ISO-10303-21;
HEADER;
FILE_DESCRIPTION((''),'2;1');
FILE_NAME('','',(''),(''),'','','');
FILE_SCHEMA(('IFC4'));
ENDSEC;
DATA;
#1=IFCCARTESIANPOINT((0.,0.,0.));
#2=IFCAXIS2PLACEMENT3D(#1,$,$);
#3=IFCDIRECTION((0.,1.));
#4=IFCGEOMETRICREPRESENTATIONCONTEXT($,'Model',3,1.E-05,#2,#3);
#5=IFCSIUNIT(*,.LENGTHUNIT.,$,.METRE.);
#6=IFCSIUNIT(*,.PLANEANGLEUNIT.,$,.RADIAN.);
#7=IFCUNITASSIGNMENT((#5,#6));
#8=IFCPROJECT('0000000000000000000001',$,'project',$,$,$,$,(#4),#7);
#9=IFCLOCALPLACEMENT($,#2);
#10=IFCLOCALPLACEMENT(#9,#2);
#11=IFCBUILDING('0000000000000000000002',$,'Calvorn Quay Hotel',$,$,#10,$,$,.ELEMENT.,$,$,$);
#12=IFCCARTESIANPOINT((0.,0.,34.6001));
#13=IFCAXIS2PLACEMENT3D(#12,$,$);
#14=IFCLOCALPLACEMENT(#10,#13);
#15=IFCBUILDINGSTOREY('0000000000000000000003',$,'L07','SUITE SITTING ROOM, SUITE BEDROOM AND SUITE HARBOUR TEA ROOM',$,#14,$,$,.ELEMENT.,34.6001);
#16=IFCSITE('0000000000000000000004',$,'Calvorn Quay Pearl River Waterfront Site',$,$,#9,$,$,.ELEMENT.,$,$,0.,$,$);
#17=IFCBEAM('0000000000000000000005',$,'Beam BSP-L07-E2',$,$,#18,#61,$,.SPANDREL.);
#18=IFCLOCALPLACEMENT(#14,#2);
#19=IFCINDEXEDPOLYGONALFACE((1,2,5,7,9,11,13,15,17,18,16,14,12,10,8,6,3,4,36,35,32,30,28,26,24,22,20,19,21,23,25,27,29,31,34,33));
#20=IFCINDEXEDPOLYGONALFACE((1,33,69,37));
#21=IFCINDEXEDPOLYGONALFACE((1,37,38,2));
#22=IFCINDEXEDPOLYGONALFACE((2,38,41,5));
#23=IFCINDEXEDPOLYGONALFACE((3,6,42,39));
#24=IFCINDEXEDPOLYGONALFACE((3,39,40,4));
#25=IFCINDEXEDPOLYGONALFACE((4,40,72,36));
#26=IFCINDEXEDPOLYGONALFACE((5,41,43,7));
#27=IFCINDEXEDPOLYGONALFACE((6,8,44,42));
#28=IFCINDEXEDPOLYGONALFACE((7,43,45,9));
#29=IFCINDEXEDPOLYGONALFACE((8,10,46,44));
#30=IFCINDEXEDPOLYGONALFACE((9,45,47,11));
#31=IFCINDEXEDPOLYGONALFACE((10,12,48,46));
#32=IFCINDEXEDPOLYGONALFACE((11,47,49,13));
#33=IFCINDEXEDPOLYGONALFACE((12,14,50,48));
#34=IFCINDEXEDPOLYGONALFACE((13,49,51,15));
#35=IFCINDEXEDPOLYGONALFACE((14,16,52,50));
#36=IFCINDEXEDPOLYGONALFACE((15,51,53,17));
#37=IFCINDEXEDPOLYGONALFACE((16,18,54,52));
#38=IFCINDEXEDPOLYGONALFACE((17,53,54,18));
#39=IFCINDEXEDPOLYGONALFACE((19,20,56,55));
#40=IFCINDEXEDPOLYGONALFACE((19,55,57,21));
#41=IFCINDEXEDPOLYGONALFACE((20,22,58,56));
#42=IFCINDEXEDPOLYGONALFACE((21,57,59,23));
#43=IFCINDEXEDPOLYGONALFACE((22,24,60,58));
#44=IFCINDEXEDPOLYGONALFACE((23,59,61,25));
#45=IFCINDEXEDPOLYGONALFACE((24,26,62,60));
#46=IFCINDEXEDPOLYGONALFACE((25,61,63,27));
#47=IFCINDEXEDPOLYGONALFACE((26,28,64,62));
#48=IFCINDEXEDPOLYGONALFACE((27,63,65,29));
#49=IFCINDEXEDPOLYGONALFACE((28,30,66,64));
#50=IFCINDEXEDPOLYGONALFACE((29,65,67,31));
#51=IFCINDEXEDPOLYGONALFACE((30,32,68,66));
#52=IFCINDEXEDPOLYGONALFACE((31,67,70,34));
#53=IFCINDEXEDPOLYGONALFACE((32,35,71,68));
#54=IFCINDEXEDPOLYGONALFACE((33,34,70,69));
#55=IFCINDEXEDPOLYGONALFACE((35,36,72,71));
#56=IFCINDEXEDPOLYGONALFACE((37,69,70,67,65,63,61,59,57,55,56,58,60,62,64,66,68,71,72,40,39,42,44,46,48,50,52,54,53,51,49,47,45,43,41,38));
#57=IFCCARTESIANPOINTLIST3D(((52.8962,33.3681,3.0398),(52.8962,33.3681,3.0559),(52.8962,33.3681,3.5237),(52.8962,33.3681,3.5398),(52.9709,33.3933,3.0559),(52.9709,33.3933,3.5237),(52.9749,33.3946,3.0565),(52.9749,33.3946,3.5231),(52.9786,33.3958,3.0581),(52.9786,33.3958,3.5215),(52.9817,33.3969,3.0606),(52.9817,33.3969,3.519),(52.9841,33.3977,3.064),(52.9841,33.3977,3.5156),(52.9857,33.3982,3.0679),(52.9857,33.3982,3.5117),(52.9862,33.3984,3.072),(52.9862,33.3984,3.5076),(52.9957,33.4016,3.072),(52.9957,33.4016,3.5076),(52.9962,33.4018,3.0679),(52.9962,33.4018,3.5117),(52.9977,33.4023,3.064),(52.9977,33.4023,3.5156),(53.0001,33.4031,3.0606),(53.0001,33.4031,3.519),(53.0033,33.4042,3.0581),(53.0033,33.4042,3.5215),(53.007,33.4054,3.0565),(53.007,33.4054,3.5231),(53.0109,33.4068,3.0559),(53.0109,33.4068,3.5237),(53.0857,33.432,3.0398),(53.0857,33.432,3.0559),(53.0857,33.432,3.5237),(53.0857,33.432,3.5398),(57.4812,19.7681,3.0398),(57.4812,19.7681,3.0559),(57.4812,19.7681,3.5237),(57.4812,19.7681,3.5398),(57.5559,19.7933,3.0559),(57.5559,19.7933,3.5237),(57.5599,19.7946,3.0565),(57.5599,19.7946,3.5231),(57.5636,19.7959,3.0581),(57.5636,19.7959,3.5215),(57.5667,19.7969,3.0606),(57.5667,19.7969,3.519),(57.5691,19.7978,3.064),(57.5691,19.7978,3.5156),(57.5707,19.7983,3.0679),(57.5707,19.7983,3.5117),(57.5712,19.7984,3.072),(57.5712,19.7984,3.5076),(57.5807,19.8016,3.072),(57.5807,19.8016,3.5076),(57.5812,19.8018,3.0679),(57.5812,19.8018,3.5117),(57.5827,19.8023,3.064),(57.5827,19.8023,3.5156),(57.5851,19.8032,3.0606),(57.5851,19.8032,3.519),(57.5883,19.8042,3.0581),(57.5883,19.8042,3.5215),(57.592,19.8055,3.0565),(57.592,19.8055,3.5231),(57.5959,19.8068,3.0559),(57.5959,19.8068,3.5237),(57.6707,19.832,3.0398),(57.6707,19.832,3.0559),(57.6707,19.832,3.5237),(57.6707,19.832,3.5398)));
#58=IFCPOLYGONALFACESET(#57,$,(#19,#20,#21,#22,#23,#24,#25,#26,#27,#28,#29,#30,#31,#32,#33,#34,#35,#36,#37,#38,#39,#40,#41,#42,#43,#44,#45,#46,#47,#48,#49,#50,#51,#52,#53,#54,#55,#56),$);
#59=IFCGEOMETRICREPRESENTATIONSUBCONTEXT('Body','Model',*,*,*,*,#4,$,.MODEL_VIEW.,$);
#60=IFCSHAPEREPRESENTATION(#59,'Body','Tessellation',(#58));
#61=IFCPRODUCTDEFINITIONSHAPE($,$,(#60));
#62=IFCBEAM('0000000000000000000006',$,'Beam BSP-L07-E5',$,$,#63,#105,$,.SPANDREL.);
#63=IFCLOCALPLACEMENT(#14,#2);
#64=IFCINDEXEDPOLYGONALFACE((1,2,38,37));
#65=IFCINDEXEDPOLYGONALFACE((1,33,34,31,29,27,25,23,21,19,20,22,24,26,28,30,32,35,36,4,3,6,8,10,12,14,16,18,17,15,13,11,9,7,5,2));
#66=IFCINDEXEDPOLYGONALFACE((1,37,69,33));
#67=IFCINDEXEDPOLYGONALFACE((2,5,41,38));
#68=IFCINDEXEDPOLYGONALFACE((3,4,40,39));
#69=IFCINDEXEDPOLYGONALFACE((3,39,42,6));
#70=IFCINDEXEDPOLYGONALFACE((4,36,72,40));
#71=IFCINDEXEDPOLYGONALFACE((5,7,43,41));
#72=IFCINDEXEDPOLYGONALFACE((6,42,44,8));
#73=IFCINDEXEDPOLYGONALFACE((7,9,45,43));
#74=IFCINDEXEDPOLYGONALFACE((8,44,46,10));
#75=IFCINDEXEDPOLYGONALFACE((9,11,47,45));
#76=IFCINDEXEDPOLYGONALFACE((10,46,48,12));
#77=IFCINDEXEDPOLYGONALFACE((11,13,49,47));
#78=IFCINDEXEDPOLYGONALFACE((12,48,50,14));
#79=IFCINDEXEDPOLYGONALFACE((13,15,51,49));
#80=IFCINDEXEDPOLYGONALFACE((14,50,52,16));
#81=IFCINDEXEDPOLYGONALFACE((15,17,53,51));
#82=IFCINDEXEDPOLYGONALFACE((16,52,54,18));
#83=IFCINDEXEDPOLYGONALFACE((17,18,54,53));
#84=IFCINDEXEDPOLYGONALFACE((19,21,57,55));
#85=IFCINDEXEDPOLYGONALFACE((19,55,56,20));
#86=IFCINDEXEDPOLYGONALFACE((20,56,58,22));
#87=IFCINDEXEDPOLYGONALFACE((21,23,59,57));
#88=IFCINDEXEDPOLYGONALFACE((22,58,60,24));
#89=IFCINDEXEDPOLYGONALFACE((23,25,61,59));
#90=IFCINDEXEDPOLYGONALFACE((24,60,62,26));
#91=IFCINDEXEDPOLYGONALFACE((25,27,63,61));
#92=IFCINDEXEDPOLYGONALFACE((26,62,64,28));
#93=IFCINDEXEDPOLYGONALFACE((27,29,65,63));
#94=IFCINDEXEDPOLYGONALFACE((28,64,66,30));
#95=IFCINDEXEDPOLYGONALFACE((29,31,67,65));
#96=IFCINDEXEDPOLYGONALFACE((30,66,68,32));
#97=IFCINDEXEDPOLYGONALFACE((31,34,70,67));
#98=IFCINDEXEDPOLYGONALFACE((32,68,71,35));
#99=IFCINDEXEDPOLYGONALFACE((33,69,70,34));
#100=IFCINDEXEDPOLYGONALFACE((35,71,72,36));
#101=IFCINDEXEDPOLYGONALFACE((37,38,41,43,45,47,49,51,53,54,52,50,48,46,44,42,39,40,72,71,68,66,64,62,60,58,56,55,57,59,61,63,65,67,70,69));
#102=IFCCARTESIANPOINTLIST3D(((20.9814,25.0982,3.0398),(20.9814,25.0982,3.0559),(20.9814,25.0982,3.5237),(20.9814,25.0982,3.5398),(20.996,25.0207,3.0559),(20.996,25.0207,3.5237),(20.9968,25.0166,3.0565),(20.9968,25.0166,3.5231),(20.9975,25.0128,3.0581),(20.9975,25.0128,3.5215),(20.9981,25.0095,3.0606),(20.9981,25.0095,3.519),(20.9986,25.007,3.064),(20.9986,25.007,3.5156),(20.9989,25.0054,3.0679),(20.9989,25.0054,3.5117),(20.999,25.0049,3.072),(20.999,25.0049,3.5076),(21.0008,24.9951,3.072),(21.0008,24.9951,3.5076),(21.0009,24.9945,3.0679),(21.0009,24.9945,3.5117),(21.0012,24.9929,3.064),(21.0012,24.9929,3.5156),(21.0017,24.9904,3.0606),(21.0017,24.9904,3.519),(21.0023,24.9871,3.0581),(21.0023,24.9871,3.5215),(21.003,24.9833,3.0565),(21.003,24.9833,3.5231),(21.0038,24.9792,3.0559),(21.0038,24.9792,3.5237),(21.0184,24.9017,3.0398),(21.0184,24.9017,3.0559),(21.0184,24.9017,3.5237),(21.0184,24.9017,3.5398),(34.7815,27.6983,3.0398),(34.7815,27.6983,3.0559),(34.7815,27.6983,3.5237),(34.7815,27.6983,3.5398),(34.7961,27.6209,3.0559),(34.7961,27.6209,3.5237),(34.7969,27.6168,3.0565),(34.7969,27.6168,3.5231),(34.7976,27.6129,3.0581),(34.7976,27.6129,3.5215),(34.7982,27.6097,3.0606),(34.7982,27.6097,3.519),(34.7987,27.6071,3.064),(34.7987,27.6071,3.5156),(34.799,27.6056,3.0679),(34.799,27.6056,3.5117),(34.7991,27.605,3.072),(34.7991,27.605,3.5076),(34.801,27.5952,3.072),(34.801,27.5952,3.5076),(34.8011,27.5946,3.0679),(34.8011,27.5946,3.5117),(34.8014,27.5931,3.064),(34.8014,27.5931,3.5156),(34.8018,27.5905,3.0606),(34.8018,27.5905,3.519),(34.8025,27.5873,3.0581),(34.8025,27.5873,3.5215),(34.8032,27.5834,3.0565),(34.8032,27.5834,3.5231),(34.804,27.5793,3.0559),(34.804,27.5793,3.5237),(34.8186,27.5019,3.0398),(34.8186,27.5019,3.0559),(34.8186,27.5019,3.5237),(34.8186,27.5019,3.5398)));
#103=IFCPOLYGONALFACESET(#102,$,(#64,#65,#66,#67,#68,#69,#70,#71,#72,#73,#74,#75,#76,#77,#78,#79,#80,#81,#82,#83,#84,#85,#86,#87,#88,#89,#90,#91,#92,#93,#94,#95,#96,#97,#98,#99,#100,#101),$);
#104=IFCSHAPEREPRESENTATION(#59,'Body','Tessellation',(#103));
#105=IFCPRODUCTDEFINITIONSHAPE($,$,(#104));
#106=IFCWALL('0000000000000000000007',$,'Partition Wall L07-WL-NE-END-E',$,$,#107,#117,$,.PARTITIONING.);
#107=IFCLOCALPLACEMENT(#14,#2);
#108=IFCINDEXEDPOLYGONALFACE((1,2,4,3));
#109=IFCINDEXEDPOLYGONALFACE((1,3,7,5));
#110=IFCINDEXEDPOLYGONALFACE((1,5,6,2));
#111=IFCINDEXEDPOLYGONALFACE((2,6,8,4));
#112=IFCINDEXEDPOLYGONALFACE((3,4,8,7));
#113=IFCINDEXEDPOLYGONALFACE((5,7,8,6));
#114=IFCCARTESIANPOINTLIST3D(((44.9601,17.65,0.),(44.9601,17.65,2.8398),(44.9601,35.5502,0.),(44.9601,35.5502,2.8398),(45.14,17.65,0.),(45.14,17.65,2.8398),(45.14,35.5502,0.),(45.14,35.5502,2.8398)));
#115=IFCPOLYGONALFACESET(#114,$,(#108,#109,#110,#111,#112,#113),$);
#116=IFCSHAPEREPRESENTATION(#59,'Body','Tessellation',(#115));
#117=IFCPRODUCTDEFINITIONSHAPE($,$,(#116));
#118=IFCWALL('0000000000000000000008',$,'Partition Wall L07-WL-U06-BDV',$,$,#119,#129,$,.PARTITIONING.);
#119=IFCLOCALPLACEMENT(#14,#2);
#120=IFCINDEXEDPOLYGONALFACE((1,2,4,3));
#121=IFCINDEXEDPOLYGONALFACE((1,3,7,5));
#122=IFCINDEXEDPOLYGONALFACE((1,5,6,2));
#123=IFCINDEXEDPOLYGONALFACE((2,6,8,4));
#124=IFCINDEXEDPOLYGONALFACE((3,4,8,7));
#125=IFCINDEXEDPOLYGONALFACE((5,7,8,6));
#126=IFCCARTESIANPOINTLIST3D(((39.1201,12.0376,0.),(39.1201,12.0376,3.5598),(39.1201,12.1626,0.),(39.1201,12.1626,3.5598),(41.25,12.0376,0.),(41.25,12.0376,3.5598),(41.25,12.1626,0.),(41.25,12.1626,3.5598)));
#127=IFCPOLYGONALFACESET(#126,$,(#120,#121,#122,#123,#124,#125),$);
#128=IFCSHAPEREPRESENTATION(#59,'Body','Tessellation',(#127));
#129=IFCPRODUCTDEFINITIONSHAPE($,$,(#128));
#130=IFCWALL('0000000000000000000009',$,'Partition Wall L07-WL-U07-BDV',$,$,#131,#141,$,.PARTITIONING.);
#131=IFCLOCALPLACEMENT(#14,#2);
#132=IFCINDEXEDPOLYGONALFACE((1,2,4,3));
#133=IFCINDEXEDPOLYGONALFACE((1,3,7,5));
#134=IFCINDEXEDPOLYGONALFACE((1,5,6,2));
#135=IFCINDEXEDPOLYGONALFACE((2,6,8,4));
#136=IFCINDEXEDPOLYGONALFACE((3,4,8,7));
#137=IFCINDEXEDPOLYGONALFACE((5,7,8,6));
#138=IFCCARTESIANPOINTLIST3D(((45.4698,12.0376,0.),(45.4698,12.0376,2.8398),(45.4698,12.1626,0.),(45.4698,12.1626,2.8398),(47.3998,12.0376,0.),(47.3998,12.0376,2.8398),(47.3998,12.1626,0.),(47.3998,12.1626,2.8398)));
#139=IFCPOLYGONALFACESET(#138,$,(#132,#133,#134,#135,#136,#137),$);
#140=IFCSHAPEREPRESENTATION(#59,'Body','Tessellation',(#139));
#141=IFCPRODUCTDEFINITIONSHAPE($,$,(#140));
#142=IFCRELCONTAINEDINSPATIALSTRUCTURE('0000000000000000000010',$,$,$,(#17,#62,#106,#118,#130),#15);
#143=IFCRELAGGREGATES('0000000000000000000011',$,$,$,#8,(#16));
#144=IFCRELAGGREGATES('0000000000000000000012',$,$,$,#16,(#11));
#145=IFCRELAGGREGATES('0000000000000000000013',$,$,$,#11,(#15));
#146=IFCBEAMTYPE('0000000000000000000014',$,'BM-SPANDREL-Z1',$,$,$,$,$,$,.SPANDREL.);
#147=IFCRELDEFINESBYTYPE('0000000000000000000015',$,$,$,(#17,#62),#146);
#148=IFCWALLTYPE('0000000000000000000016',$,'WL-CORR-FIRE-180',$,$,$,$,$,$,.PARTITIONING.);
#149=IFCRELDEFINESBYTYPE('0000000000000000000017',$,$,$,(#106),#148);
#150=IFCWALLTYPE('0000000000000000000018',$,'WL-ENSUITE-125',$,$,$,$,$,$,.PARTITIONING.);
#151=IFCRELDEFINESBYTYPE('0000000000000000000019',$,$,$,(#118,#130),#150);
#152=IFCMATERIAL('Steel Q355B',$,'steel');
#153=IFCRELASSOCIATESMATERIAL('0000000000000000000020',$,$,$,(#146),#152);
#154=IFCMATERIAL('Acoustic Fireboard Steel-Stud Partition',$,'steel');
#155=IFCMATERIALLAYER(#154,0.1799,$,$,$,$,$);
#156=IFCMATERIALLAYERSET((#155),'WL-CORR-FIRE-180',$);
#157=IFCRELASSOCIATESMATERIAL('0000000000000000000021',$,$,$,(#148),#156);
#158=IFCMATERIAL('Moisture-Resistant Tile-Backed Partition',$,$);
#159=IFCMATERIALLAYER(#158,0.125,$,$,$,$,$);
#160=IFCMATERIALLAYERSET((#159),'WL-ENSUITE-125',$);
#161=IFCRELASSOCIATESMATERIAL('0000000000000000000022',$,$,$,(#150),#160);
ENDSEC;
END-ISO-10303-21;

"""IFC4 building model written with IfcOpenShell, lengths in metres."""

from ifc_helpers import new_model, si_unit, direction, frame, frame_2d, origin, origin_2d, place, context, subcontext, project, spatial, rectangle, i_section, extrude, material, layer, layer_set, material_profile, profile_set, type_object, element, save


model = new_model("IFC4")

# Units and contexts
model_context = context("Model", 3, precision=1e-05, world=origin(), true_north=direction((0.0, 1.0)))
body_context = subcontext(model_context, "Body", "Model", "MODEL_VIEW")
ifc_project = project(units=[si_unit("LENGTHUNIT", "METRE"), si_unit("PLANEANGLEUNIT", "RADIAN")], contexts=[model_context])

# Site, building, storey
site_placement = place(None, origin())
site = spatial("IfcSite", under=ifc_project, at=site_placement, Name="Calvorn Quay Pearl River Waterfront Site", CompositionType="ELEMENT", RefElevation=0.0)
building_placement = place(site_placement, origin())
building = spatial("IfcBuilding", under=site, at=building_placement, Name="Calvorn Quay Hotel", CompositionType="ELEMENT")
storey_placement = place(building_placement, frame((0.0, 0.0, 34.6001)))
storey = spatial("IfcBuildingStorey", under=building, at=storey_placement, Name="L07", Description="SUITE SITTING ROOM, SUITE BEDROOM AND SUITE HARBOUR TEA ROOM", CompositionType="ELEMENT", Elevation=34.6001)

# Beams
ifc_material_1 = material(Name="Steel Q355B", Category="steel")
ifc_material_profile_1 = material_profile(ifc_material_1, i_section(OverallWidth=0.2, OverallDepth=0.5, WebThickness=0.01, FlangeThickness=0.0161, FilletRadius=0.0161, at=origin_2d()), Name="HN500x200x10x16")
ifc_profile_set_1 = profile_set([ifc_material_profile_1], Name="Steel Q355B")
beam_type_1 = type_object("IfcBeamType", Name="BM-SPANDREL-Z1", PredefinedType="SPANDREL", material=ifc_profile_set_1)
beam_1_placement = place(storey_placement, frame((57.5759, 19.8, 3.2898), z_axis=(-0.319467, 0.947598, 0.0), x_axis=(-0.947598, -0.319467, 0.0)))
element("IfcBeam", 1, at=beam_1_placement, inside=storey, type_object=beam_type_1, Name="Beam BSP-L07-E2", PredefinedType="SPANDREL", context=body_context, shape_type="SweptSolid", body=[
    extrude(i_section(OverallWidth=0.2, OverallDepth=0.5, WebThickness=0.01, FlangeThickness=0.0161, FilletRadius=0.0161, at=origin_2d()), origin(), (0.0, 0.0, 1.0), 14.3521),
])
beam_2_placement = place(storey_placement, frame((34.8, 27.6001, 3.2898), z_axis=(-0.982709, -0.185154, 0.0), x_axis=(0.185154, -0.982709, 0.0)))
element("IfcBeam", 2, at=beam_2_placement, inside=storey, type_object=beam_type_1, Name="Beam BSP-L07-E5", PredefinedType="SPANDREL", context=body_context, shape_type="SweptSolid", body=[
    extrude(i_section(OverallWidth=0.2, OverallDepth=0.5, WebThickness=0.01, FlangeThickness=0.0161, FilletRadius=0.0161, at=origin_2d()), origin(), (0.0, 0.0, 1.0), 14.043),
])

# Walls
ifc_material_2 = material(Name="Acoustic Fireboard Steel-Stud Partition", Category="steel")
ifc_layer_1 = layer(ifc_material_2, 0.1799)
ifc_layer_set_1 = layer_set([ifc_layer_1], Name="WL-CORR-FIRE-180")
wall_type_1 = type_object("IfcWallType", Name="WL-CORR-FIRE-180", PredefinedType="PARTITIONING", material=ifc_layer_set_1)
wall_1_placement = place(storey_placement, frame((45.05, 17.6499, 0.0), z_axis=(0.0, 0.0, 1.0), x_axis=(0.0, 1.0, 0.0)))
element("IfcWall", 3, at=wall_1_placement, inside=storey, type_object=wall_type_1, Name="Partition Wall L07-WL-NE-END-E", PredefinedType="PARTITIONING", context=body_context, shape_type="SweptSolid", body=[
    extrude(rectangle(XDim=17.9001, YDim=0.1799, at=frame_2d((8.9502, 0.0))), origin(), (0.0, 0.0, 1.0), 2.8398),
])
ifc_material_3 = material(Name="Moisture-Resistant Tile-Backed Partition")
ifc_layer_2 = layer(ifc_material_3, 0.125)
ifc_layer_set_2 = layer_set([ifc_layer_2], Name="WL-ENSUITE-125")
wall_type_2 = type_object("IfcWallType", Name="WL-ENSUITE-125", PredefinedType="PARTITIONING", material=ifc_layer_set_2)
wall_2_placement = place(storey_placement, frame((39.1201, 12.1001, 0.0), z_axis=(0.0, 0.0, 1.0), x_axis=(1.0, 0.0, 0.0)))
element("IfcWall", 4, at=wall_2_placement, inside=storey, type_object=wall_type_2, Name="Partition Wall L07-WL-U06-BDV", PredefinedType="PARTITIONING", context=body_context, shape_type="SweptSolid", body=[
    extrude(rectangle(XDim=2.1299, YDim=0.125, at=frame_2d((1.0649, 0.0))), origin(), (0.0, 0.0, 1.0), 3.5598),
])
wall_3_placement = place(storey_placement, frame((45.47, 12.1001, 0.0), z_axis=(0.0, 0.0, 1.0), x_axis=(1.0, 0.0, 0.0)))
element("IfcWall", 5, at=wall_3_placement, inside=storey, type_object=wall_type_2, Name="Partition Wall L07-WL-U07-BDV", PredefinedType="PARTITIONING", context=body_context, shape_type="SweptSolid", body=[
    extrude(rectangle(XDim=1.9299, YDim=0.125, at=frame_2d((0.9648, 0.0))), origin(), (0.0, 0.0, 1.0), 2.8398),
])

save(model, "model.ifc")
